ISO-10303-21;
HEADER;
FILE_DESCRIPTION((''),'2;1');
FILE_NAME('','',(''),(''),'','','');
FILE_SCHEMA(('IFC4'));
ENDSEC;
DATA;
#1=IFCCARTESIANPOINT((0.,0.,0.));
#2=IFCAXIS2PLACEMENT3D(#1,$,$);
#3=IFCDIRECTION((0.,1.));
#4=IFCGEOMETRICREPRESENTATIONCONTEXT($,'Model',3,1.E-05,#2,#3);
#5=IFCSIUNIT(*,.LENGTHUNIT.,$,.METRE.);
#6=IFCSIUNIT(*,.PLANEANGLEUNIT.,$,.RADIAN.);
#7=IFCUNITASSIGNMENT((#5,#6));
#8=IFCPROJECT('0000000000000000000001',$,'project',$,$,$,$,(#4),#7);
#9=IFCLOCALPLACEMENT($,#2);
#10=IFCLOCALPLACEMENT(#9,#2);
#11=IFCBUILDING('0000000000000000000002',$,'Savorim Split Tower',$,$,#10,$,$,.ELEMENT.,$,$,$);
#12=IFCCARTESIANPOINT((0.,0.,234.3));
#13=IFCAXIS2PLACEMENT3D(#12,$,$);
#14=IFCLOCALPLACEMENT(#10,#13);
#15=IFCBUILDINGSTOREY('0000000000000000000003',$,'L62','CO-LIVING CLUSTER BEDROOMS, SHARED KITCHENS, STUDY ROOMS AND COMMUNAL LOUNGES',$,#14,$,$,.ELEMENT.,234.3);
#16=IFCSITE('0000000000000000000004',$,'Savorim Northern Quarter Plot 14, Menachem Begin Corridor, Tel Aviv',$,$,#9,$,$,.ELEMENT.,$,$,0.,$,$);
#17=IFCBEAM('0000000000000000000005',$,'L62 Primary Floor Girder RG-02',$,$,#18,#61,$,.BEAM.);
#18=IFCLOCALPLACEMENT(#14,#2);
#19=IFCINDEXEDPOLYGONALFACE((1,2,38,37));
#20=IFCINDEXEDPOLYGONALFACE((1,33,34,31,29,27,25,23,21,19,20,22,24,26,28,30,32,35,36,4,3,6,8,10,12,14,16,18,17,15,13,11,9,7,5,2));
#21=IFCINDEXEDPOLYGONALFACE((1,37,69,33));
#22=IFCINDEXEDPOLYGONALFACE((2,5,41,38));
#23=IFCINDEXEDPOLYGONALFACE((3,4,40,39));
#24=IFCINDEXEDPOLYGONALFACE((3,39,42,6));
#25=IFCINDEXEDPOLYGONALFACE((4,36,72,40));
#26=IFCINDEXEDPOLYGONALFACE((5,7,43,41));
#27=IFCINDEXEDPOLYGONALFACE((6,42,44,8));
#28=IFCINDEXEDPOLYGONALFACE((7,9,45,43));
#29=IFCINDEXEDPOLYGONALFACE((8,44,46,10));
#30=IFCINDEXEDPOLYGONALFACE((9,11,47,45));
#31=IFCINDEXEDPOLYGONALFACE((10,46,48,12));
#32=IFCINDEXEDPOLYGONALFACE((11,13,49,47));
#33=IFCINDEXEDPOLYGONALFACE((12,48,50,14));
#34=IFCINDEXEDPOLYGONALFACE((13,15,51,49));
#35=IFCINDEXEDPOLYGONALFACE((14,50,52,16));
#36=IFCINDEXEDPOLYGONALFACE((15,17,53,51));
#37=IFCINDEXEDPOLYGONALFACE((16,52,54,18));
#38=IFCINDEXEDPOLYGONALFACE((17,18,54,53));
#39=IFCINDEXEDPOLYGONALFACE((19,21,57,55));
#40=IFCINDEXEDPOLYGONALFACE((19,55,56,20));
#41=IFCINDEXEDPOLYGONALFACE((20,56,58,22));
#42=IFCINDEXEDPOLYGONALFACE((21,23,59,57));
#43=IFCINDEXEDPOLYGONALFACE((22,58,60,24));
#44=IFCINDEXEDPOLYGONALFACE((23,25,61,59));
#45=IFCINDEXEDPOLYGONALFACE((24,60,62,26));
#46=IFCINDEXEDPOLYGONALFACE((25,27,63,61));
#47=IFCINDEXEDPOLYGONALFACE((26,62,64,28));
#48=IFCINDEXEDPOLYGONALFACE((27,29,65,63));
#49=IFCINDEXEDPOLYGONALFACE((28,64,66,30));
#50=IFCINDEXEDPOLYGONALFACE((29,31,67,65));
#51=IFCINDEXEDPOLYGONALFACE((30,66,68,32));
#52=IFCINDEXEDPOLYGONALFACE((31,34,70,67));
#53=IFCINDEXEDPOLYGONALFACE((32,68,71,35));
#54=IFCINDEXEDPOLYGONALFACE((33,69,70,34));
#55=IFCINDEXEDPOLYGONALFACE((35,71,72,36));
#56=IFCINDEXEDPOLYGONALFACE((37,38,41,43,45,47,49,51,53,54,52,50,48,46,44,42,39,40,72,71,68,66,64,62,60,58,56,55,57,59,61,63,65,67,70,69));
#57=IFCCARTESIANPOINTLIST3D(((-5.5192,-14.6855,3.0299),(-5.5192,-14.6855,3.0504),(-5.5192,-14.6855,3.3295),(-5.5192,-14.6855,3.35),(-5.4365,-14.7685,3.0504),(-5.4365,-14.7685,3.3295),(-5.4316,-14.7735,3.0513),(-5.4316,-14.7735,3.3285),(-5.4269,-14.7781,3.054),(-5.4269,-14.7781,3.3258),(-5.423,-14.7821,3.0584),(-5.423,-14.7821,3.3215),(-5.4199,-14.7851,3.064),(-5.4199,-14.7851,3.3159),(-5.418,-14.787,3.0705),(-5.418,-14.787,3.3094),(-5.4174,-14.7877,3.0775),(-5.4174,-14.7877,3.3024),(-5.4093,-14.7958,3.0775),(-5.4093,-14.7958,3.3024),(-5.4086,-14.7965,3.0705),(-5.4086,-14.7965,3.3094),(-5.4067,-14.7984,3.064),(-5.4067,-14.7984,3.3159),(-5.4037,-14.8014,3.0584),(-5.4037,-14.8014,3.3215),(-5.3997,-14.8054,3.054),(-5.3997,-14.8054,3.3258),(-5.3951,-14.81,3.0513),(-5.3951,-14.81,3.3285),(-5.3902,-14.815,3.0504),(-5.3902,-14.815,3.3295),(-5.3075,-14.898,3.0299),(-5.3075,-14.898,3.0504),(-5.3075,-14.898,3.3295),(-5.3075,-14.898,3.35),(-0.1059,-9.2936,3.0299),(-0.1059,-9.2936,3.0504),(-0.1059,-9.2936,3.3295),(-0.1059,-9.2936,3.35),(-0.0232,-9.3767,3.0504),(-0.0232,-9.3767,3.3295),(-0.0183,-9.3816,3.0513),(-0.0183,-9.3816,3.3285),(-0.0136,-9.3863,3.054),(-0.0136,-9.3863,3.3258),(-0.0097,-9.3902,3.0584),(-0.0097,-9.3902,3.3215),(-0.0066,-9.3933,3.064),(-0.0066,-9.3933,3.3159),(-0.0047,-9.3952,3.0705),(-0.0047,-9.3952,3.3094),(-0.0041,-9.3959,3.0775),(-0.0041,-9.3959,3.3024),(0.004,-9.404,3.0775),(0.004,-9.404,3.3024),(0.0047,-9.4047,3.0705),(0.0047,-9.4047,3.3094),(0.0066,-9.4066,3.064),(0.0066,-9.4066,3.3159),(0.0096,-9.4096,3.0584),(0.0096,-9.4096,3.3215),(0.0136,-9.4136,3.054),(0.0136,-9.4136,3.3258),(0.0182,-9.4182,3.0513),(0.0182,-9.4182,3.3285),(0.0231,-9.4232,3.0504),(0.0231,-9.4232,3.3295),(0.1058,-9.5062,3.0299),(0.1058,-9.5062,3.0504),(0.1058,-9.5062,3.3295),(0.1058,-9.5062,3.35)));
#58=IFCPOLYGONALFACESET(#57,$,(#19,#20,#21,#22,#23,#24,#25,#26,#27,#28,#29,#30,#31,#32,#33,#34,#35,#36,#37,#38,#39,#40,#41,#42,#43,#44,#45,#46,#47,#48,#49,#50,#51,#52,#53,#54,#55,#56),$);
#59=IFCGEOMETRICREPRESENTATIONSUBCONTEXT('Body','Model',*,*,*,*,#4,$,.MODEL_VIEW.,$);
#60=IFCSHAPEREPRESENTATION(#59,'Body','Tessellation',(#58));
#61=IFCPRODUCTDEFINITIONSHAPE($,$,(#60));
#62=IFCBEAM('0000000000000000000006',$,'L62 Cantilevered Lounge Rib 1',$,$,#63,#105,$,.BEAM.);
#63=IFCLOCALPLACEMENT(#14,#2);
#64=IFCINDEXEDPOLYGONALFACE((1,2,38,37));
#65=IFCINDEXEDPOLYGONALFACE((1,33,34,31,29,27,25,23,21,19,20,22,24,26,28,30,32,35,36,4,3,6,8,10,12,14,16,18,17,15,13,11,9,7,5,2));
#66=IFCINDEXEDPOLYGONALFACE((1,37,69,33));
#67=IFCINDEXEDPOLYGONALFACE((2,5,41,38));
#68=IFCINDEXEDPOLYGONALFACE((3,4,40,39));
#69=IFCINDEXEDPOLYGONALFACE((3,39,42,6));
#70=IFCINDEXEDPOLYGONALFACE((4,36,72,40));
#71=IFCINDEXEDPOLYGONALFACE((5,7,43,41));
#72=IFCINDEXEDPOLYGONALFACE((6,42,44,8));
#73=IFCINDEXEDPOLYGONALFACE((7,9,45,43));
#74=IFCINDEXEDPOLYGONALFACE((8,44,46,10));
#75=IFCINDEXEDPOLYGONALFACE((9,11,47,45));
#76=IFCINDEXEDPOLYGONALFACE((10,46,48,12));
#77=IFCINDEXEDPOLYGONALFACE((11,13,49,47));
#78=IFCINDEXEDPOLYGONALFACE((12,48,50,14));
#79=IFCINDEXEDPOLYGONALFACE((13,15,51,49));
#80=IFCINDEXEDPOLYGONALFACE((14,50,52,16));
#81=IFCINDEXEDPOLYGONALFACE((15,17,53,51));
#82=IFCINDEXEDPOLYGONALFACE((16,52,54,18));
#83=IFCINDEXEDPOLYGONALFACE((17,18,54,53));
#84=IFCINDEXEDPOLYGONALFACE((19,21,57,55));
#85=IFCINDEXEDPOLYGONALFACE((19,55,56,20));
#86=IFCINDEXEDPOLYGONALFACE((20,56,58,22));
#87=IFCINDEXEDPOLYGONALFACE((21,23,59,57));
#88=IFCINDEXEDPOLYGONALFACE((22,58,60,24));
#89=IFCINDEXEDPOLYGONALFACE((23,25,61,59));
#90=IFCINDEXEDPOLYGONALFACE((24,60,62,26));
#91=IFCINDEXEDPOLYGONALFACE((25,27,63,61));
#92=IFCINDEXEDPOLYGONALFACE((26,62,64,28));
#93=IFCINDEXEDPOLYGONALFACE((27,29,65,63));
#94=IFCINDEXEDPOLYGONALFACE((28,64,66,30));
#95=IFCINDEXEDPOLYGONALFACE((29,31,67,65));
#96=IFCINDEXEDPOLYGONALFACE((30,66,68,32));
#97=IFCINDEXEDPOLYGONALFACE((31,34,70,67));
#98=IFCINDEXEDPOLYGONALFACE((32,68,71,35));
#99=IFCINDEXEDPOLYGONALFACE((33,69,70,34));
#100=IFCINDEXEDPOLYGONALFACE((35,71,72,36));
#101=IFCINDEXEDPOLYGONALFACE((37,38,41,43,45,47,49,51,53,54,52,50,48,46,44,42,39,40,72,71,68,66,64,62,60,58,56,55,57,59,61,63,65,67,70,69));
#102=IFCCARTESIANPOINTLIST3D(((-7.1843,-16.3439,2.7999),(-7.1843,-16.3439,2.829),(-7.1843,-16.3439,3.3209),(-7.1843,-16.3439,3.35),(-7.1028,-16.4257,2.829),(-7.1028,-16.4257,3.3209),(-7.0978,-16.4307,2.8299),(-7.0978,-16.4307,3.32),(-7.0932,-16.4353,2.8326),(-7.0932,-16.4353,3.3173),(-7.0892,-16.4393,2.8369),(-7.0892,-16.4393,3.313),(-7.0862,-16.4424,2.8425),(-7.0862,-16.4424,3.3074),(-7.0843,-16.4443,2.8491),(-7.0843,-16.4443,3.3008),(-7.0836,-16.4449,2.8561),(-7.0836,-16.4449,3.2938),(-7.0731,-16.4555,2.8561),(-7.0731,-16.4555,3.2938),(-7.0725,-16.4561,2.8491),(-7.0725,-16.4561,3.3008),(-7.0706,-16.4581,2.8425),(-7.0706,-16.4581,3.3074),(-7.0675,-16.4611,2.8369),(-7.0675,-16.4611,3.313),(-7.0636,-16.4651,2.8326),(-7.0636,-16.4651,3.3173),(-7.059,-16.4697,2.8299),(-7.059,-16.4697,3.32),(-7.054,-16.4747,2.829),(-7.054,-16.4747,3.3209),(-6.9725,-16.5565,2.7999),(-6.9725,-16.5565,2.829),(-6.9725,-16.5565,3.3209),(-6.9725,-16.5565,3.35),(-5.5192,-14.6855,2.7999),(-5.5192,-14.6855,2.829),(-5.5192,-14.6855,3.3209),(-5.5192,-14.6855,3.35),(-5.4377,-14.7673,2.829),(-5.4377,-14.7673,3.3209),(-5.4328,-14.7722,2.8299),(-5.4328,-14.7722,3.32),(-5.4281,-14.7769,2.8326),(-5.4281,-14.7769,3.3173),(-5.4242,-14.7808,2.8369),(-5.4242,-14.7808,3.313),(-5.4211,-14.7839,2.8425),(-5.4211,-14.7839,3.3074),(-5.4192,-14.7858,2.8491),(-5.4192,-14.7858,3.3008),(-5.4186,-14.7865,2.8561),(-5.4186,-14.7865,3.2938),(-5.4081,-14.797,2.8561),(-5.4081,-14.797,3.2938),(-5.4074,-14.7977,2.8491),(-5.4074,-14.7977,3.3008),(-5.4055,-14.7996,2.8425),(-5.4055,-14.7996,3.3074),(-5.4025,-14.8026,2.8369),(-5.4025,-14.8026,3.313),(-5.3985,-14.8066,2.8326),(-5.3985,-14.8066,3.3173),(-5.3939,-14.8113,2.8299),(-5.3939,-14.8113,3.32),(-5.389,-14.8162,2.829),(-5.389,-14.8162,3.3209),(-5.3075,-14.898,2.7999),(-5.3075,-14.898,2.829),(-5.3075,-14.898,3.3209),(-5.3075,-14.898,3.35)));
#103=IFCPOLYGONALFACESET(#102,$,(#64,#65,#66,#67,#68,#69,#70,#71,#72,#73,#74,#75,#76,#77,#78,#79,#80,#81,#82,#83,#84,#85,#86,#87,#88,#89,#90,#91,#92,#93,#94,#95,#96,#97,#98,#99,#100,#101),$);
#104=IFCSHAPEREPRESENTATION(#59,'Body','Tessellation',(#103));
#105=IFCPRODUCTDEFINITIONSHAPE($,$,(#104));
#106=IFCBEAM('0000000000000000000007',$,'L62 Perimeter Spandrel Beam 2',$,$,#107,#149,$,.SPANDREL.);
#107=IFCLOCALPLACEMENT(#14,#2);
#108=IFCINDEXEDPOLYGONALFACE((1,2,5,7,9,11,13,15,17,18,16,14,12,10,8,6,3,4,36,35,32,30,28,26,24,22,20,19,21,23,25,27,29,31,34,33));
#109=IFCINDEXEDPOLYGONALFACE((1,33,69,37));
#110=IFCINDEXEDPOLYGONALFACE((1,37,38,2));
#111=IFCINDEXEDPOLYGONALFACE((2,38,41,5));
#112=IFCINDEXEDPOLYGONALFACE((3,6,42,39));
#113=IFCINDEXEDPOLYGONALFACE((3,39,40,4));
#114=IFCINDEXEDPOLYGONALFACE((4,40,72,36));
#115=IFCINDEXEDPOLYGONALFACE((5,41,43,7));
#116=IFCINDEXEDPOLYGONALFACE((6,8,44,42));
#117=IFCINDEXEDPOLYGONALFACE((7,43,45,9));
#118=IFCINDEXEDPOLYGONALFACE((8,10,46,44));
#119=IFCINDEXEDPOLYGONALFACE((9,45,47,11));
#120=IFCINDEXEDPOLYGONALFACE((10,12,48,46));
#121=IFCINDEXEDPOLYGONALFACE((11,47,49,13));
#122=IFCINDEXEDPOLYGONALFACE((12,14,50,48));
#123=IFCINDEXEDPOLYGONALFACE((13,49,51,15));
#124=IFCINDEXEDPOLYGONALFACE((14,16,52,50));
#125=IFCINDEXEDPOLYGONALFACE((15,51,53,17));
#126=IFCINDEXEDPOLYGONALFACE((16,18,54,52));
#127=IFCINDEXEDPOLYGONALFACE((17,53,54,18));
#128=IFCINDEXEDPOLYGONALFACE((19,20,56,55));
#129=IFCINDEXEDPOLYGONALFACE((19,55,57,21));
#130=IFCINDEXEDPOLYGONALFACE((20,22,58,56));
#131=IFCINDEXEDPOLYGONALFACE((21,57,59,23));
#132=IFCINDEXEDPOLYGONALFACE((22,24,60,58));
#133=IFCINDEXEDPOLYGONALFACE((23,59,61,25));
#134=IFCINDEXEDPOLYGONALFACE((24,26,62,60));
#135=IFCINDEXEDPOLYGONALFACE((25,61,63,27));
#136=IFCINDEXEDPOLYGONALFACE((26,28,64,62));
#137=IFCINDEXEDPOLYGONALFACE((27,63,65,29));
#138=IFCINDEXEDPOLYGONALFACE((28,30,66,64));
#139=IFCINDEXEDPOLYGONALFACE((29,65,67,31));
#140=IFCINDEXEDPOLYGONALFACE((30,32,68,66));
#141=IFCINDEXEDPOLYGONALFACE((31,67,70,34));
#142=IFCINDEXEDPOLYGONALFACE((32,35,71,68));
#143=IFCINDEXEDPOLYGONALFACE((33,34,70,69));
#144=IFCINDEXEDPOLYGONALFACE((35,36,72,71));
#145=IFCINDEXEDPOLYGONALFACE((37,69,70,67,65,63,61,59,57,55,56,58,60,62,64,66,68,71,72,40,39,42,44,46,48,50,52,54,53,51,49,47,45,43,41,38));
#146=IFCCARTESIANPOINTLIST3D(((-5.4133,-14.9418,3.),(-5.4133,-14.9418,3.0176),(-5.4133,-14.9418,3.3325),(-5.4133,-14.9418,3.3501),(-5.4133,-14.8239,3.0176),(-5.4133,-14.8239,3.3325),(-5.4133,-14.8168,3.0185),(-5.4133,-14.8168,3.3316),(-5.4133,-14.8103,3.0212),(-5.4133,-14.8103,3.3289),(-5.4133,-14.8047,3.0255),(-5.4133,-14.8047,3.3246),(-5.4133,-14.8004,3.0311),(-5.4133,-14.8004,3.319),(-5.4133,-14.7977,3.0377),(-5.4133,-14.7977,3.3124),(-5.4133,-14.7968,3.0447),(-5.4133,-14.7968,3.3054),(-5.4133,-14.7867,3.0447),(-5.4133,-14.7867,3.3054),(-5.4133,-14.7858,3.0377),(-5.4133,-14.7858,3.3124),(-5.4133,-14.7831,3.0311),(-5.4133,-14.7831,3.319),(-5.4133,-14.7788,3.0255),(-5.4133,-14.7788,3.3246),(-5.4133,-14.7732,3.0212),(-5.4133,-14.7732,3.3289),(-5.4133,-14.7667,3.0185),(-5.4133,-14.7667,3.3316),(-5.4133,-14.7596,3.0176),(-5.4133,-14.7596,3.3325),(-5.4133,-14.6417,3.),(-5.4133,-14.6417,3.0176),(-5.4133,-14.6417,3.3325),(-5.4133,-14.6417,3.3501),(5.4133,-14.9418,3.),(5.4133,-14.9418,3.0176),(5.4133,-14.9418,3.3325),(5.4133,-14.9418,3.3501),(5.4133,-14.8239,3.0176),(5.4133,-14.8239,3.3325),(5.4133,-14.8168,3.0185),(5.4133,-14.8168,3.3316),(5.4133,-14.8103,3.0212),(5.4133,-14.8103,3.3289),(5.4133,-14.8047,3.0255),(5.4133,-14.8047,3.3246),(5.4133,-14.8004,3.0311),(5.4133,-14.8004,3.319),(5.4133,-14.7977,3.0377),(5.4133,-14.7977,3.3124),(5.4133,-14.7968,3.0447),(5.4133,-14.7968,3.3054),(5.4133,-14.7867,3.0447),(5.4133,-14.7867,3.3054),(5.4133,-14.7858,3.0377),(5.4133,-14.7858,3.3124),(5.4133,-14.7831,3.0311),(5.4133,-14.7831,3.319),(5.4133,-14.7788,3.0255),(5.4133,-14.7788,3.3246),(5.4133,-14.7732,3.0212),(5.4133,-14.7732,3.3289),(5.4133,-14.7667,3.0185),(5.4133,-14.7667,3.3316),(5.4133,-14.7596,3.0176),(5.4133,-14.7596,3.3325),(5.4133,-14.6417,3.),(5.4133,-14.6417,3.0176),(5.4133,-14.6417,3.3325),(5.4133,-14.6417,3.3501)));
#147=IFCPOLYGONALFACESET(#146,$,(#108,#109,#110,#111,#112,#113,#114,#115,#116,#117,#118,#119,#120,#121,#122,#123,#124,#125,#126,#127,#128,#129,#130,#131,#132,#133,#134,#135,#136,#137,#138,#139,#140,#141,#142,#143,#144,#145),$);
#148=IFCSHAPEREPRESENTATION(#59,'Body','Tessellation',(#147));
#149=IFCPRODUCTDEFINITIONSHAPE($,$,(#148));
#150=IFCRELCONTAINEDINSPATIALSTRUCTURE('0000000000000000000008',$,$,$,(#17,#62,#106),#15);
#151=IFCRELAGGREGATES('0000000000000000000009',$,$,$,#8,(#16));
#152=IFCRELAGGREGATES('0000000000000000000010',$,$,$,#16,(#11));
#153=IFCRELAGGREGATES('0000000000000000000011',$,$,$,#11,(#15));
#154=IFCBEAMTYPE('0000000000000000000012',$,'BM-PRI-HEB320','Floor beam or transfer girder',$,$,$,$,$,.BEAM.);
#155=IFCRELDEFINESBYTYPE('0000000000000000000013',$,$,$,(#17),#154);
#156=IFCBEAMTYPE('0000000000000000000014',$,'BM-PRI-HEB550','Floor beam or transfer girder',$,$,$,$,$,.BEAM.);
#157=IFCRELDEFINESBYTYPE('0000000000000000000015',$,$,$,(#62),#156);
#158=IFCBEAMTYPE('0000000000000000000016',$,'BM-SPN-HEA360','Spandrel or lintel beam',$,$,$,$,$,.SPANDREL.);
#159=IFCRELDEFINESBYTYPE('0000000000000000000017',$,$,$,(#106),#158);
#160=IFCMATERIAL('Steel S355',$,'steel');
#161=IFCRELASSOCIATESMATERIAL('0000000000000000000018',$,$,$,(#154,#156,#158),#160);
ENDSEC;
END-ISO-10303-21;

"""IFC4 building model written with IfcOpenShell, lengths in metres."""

from ifc_helpers import new_model, si_unit, direction, frame, origin, origin_2d, place, context, subcontext, project, spatial, i_section, extrude, material, material_profile, profile_set, type_object, element, save


model = new_model("IFC4")

# Units and contexts
model_context = context("Model", 3, precision=1e-05, world=origin(), true_north=direction((0.0, 1.0)))
body_context = subcontext(model_context, "Body", "Model", "MODEL_VIEW")
ifc_project = project(units=[si_unit("LENGTHUNIT", "METRE"), si_unit("PLANEANGLEUNIT", "RADIAN")], contexts=[model_context])

# Site, building, storey
site_placement = place(None, origin())
site = spatial("IfcSite", under=ifc_project, at=site_placement, Name="Savorim Northern Quarter Plot 14, Menachem Begin Corridor, Tel Aviv", CompositionType="ELEMENT", RefElevation=0.0)
building_placement = place(site_placement, origin())
building = spatial("IfcBuilding", under=site, at=building_placement, Name="Savorim Split Tower", CompositionType="ELEMENT")
storey_placement = place(building_placement, frame((0.0, 0.0, 234.3)))
storey = spatial("IfcBuildingStorey", under=building, at=storey_placement, Name="L62", Description="CO-LIVING CLUSTER BEDROOMS, SHARED KITCHENS, STUDY ROOMS AND COMMUNAL LOUNGES", CompositionType="ELEMENT", Elevation=234.3)

# Shared definitions
ifc_material_1 = material(Name="Steel S355", Category="steel")

# Beams
ifc_material_profile_1 = material_profile(ifc_material_1, i_section(OverallWidth=0.3, OverallDepth=0.3201, WebThickness=0.0115, FlangeThickness=0.0205, FilletRadius=0.0271, at=origin_2d()), Name="HEB 320")
ifc_profile_set_1 = profile_set([ifc_material_profile_1], Name="Steel S355")
beam_type_1 = type_object("IfcBeamType", Name="BM-PRI-HEB320", Description="Floor beam or transfer girder", PredefinedType="BEAM", material=ifc_profile_set_1)
beam_1_placement = place(storey_placement, frame((-5.4133, -14.7917, 3.1899), z_axis=(0.708511, 0.705699, 0.0), x_axis=(-0.705699, 0.708511, 0.0)))
element("IfcBeam", 1, at=beam_1_placement, inside=storey, type_object=beam_type_1, Name="L62 Primary Floor Girder RG-02", PredefinedType="BEAM", context=body_context, shape_type="SweptSolid", body=[
    extrude(i_section(OverallWidth=0.3, OverallDepth=0.3201, WebThickness=0.0115, FlangeThickness=0.0205, FilletRadius=0.0271, at=origin_2d()), origin(), (0.0, 0.0, 1.0), 7.6404),
])
ifc_material_profile_2 = material_profile(ifc_material_1, i_section(OverallWidth=0.3, OverallDepth=0.55, WebThickness=0.0149, FlangeThickness=0.0291, FilletRadius=0.0271, at=origin_2d()), Name="HEB 550")
ifc_profile_set_2 = profile_set([ifc_material_profile_2], Name="Steel S355")
beam_type_2 = type_object("IfcBeamType", Name="BM-PRI-HEB550", Description="Floor beam or transfer girder", PredefinedType="BEAM", material=ifc_profile_set_2)
beam_2_placement = place(storey_placement, frame((-5.4133, -14.7917, 3.075), z_axis=(-0.708508, -0.705703, 0.0), x_axis=(0.705703, -0.708508, 0.0)))
element("IfcBeam", 2, at=beam_2_placement, inside=storey, type_object=beam_type_2, Name="L62 Cantilevered Lounge Rib 1", PredefinedType="BEAM", context=body_context, shape_type="SweptSolid", body=[
    extrude(i_section(OverallWidth=0.3, OverallDepth=0.55, WebThickness=0.0149, FlangeThickness=0.0291, FilletRadius=0.0271, at=origin_2d()), origin(), (0.0, 0.0, 1.0), 2.3501),
])
ifc_material_profile_3 = material_profile(ifc_material_1, i_section(OverallWidth=0.3, OverallDepth=0.3501, WebThickness=0.01, FlangeThickness=0.0176, FilletRadius=0.0271, at=origin_2d()), Name="HEA 360")
ifc_profile_set_3 = profile_set([ifc_material_profile_3], Name="Steel S355")
beam_type_3 = type_object("IfcBeamType", Name="BM-SPN-HEA360", Description="Spandrel or lintel beam", PredefinedType="SPANDREL", material=ifc_profile_set_3)
beam_3_placement = place(storey_placement, frame((-5.4133, -14.7917, 3.175), z_axis=(1.0, 0.0, 0.0), x_axis=(0.0, 1.0, 0.0)))
element("IfcBeam", 3, at=beam_3_placement, inside=storey, type_object=beam_type_3, Name="L62 Perimeter Spandrel Beam 2", PredefinedType="SPANDREL", context=body_context, shape_type="SweptSolid", body=[
    extrude(i_section(OverallWidth=0.3, OverallDepth=0.3501, WebThickness=0.01, FlangeThickness=0.0176, FilletRadius=0.0271, at=origin_2d()), origin(), (0.0, 0.0, 1.0), 10.8267),
])

save(model, "model.ifc")
